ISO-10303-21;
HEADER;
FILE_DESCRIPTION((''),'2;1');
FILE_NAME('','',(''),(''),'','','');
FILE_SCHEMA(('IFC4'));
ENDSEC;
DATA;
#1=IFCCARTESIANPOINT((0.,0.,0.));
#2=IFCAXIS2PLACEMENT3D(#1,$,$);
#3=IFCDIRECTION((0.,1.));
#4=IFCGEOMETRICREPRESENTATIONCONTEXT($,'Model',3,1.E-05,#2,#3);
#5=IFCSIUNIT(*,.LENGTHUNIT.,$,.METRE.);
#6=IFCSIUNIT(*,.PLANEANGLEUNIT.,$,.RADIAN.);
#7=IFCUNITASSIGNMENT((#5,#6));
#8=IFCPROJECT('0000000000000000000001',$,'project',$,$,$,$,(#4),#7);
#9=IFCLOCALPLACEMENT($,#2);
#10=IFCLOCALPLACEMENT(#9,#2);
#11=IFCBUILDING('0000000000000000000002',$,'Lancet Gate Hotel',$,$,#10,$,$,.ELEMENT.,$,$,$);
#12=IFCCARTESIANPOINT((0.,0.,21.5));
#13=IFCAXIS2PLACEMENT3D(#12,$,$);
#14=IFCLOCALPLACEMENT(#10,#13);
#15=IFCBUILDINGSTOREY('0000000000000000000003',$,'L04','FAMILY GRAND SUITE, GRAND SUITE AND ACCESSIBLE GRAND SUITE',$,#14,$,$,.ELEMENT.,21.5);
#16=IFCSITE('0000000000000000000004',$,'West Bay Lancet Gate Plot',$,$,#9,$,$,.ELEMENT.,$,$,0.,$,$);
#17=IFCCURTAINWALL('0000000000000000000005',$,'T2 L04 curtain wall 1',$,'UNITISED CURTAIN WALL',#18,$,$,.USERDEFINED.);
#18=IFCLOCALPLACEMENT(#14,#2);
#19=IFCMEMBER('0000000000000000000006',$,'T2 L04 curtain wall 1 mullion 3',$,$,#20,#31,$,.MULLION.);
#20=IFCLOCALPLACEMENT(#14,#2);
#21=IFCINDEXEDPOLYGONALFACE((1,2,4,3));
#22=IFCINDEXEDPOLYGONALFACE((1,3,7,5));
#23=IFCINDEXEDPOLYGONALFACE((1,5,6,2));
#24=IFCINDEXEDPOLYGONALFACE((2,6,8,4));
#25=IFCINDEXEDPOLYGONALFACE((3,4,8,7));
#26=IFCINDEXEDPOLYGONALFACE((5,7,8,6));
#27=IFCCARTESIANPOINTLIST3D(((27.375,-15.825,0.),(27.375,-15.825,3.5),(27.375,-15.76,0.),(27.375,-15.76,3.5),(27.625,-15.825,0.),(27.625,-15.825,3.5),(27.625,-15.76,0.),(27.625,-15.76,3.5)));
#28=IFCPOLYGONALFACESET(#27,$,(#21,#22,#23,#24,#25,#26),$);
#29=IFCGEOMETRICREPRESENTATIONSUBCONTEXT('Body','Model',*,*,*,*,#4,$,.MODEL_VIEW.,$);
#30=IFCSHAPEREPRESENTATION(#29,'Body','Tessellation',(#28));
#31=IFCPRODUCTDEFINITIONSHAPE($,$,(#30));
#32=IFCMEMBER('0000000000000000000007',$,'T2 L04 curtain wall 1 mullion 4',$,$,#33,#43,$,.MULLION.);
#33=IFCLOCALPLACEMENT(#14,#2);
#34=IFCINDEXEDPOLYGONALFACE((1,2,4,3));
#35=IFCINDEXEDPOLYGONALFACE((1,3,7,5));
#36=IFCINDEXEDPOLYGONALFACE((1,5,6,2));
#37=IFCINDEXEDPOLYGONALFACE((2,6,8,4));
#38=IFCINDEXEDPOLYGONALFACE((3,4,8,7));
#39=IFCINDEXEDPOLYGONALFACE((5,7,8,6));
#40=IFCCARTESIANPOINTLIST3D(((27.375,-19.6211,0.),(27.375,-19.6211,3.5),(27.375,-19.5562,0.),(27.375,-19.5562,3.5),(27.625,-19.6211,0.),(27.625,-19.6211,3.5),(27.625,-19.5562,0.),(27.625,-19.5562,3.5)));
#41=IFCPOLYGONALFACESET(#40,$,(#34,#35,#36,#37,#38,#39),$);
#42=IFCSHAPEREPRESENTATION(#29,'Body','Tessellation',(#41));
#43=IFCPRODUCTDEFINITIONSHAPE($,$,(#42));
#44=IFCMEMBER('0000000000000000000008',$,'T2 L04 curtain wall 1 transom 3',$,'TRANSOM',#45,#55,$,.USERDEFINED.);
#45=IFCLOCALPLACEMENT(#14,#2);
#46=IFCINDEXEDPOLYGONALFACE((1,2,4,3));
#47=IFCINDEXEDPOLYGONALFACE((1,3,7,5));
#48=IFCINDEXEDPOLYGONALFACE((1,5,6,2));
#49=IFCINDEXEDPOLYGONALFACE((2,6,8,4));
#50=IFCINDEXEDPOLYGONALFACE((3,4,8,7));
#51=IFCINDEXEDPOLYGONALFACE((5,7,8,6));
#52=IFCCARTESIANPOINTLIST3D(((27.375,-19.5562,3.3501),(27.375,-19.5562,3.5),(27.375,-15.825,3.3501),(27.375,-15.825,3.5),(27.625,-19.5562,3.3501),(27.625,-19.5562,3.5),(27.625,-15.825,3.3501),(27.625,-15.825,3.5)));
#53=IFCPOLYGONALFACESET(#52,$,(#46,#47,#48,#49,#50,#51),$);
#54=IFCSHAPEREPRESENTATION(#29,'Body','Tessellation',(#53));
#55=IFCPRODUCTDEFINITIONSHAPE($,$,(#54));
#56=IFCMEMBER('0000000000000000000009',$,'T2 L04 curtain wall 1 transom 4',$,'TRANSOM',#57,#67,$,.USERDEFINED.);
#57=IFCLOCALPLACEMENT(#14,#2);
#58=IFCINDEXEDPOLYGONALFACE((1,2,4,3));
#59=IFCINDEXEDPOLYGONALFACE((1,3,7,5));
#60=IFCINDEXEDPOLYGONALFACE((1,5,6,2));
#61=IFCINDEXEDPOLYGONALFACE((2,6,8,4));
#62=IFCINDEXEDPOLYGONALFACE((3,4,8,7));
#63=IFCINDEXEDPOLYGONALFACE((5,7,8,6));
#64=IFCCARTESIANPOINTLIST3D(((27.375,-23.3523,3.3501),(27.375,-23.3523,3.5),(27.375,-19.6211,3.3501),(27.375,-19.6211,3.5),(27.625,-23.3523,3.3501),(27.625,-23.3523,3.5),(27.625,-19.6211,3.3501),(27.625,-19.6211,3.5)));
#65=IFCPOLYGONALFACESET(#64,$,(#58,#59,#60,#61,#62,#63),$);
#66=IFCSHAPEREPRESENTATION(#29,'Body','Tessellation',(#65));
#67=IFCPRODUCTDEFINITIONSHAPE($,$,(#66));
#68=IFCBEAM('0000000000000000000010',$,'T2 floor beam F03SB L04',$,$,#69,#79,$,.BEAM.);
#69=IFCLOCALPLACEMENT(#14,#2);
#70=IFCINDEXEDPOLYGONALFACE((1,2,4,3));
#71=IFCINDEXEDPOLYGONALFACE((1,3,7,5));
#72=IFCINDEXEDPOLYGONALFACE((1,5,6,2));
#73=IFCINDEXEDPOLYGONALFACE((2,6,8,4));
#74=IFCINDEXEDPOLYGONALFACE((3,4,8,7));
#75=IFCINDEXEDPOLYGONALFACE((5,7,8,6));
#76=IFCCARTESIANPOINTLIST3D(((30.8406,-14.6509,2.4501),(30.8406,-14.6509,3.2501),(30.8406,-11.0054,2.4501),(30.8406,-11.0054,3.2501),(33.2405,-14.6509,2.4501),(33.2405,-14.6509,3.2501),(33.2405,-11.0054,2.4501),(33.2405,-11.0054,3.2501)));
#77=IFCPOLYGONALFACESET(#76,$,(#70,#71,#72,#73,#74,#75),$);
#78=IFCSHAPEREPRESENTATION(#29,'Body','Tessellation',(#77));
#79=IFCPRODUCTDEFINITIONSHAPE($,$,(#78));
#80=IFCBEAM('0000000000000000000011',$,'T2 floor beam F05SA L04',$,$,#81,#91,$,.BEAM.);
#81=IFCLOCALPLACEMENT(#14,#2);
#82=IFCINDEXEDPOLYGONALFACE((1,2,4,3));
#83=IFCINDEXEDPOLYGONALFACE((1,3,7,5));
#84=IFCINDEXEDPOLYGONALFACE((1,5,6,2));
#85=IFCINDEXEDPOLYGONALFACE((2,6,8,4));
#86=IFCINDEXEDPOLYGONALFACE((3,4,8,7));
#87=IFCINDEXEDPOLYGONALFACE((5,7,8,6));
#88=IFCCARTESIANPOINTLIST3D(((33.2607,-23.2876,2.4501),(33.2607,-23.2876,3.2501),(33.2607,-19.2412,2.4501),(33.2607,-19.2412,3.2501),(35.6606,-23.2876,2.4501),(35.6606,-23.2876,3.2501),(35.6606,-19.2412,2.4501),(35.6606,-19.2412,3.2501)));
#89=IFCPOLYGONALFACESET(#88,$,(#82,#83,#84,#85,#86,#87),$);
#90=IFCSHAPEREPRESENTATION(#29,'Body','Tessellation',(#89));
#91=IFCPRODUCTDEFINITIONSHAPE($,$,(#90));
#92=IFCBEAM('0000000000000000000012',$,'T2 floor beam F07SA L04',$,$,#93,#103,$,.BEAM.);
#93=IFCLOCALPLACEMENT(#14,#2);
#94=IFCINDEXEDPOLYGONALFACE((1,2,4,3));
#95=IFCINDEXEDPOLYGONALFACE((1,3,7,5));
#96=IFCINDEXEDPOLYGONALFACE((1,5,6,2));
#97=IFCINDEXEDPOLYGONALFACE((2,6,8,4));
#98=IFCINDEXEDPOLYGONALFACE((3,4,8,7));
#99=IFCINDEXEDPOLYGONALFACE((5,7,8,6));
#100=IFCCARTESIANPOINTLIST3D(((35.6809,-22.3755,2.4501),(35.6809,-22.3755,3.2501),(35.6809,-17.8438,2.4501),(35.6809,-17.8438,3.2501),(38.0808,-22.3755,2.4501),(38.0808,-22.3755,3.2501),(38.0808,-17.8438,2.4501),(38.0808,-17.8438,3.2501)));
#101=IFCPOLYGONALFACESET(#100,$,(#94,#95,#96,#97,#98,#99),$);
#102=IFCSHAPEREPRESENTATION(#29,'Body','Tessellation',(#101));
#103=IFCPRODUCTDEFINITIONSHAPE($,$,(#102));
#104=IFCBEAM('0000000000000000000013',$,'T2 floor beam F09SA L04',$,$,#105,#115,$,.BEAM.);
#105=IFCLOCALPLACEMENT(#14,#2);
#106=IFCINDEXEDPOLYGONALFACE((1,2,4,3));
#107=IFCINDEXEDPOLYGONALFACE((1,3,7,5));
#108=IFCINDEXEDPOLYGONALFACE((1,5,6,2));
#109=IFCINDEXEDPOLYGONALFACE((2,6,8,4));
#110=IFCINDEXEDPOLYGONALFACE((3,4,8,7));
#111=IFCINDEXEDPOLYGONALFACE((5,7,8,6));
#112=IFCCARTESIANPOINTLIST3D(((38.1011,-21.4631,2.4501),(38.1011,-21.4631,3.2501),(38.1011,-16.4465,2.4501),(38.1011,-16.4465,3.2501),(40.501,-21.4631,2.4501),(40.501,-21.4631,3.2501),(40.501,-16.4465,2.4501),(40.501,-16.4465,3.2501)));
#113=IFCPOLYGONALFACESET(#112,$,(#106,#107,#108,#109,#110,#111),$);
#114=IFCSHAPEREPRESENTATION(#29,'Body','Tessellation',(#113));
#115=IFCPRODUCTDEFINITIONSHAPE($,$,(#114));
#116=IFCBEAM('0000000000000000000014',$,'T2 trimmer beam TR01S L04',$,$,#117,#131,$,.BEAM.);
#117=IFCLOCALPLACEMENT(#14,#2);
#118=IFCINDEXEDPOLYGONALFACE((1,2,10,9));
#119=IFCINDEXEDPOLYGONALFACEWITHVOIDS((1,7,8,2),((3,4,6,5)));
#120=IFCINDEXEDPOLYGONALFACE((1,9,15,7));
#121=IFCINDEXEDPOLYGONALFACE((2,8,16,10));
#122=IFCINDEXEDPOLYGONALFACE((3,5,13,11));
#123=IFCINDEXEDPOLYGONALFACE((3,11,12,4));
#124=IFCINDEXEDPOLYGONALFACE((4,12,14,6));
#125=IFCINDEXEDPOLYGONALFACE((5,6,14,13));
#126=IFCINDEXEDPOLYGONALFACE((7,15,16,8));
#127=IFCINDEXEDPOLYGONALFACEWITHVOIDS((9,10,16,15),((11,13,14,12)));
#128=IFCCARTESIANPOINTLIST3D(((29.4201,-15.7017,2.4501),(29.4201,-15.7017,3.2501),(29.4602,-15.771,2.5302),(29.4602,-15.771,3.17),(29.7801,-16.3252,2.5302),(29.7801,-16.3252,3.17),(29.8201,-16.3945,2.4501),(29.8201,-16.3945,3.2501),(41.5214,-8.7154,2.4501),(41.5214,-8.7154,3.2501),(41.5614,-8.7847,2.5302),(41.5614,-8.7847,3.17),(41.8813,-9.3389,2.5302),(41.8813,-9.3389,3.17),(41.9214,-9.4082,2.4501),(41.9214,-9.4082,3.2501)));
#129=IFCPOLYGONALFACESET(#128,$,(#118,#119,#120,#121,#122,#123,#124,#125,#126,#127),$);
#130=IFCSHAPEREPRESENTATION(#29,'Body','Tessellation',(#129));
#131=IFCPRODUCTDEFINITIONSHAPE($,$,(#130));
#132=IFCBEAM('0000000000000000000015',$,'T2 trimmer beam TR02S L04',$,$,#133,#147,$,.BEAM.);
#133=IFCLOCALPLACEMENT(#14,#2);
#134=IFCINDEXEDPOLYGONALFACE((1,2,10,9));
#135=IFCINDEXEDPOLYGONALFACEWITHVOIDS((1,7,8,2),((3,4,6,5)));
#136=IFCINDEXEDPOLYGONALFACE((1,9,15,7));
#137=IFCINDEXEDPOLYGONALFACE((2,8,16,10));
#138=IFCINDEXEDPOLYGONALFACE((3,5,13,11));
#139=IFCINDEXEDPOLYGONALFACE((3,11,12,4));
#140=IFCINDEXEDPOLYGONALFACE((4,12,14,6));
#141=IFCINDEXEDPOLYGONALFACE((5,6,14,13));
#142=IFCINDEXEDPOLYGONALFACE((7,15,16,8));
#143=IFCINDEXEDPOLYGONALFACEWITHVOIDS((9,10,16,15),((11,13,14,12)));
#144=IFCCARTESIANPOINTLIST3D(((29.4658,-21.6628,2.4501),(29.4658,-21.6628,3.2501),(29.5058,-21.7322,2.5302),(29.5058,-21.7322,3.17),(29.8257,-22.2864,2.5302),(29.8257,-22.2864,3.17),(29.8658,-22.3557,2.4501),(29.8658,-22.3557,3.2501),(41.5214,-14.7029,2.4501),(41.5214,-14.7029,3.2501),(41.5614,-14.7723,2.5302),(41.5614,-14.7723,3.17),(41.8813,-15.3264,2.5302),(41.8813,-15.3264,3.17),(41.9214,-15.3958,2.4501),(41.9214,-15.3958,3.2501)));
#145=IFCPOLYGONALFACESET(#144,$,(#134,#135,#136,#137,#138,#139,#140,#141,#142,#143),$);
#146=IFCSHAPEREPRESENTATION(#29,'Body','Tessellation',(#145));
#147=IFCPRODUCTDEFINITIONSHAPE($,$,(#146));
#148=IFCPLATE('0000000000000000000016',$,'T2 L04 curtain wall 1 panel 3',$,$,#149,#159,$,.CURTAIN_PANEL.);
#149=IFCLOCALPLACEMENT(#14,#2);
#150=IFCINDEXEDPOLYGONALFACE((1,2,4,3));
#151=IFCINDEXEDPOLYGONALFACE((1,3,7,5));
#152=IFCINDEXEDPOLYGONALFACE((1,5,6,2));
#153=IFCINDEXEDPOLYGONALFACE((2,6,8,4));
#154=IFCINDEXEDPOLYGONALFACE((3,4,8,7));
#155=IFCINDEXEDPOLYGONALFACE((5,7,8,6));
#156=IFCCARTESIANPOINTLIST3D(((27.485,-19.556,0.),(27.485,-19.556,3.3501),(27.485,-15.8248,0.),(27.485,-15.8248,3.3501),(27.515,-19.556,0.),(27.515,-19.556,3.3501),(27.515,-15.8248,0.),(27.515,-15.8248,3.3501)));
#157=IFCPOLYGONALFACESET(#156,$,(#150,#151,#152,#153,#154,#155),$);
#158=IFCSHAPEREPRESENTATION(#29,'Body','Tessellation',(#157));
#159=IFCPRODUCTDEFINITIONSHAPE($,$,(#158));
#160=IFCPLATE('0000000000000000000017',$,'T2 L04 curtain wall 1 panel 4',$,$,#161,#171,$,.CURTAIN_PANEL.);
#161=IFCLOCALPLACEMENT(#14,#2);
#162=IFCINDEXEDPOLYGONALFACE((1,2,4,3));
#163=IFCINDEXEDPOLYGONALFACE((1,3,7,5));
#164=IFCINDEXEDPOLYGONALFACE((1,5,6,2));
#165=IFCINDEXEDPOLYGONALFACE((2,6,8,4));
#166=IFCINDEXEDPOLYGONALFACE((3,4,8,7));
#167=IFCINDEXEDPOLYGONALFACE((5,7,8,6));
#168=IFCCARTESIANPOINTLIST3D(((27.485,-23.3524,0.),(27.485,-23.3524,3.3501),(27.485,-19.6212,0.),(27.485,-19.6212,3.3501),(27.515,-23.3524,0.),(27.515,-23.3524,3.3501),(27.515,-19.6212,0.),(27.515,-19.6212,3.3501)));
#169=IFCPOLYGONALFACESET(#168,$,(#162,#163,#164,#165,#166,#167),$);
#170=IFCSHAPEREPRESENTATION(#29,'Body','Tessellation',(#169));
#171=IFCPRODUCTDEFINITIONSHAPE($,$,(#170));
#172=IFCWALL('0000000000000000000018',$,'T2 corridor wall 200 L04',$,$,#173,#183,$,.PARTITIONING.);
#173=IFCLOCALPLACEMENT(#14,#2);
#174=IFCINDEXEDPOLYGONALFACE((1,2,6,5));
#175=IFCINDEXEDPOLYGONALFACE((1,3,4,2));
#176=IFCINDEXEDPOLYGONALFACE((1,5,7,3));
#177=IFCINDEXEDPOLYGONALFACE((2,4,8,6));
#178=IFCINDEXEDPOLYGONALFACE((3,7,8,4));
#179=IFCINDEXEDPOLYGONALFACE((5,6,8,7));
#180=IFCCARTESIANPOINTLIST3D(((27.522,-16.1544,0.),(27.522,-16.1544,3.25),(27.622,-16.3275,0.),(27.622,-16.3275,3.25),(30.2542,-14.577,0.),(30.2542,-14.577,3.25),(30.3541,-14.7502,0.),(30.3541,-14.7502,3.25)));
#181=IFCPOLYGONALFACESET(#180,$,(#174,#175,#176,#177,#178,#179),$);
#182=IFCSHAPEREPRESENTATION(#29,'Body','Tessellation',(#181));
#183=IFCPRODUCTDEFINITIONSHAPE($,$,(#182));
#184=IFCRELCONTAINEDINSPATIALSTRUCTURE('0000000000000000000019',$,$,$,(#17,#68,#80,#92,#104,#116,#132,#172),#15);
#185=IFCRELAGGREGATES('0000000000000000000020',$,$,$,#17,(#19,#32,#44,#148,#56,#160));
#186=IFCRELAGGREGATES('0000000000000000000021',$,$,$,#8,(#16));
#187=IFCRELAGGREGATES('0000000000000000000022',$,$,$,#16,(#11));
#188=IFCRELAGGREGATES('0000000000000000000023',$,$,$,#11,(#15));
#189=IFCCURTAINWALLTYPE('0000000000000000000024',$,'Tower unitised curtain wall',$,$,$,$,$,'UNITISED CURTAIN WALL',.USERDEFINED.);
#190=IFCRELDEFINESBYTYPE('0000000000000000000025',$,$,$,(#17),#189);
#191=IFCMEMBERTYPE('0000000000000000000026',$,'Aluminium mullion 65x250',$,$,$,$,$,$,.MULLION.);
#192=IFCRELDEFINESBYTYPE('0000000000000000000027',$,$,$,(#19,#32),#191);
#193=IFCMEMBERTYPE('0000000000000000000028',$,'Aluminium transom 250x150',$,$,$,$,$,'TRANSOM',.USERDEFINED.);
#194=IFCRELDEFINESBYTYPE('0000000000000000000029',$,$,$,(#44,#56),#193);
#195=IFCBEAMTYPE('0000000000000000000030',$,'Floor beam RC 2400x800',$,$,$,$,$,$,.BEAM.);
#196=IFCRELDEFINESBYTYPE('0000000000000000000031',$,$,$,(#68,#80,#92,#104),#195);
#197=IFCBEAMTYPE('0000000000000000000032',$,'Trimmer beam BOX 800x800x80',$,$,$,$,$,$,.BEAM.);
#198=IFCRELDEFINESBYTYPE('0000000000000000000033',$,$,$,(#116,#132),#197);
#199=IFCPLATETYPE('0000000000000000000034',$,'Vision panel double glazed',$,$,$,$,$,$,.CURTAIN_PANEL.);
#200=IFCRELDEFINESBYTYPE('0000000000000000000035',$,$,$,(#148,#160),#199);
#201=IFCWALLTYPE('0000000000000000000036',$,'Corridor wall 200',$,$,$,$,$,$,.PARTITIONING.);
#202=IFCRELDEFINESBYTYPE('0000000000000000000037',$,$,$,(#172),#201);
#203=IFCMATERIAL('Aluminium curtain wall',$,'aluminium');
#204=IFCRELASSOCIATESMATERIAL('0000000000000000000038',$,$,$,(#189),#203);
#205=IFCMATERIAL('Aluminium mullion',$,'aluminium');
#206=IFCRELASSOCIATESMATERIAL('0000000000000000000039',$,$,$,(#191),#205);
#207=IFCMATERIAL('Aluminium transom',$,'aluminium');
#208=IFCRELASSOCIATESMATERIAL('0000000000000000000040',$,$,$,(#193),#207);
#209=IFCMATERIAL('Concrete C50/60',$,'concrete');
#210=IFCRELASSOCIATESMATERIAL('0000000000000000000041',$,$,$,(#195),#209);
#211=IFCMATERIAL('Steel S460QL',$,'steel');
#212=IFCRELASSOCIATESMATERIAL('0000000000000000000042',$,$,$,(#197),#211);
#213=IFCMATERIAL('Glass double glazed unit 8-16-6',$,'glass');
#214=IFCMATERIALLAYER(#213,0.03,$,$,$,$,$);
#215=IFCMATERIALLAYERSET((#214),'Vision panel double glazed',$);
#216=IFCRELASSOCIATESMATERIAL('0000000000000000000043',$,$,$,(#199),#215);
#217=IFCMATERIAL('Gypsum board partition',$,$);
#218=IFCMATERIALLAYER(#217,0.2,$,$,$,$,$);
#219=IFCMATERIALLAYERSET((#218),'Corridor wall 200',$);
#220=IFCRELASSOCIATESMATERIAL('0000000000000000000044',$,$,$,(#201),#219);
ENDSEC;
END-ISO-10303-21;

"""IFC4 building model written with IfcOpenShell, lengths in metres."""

from ifc_helpers import new_model, si_unit, direction, frame, frame_2d, origin, origin_2d, place, context, subcontext, project, spatial, rectangle, hollow_rectangle, extrude, material, layer, layer_set, material_profile, profile_set, type_object, element, aggregate, save


model = new_model("IFC4")

# Units and contexts
model_context = context("Model", 3, precision=1e-05, world=origin(), true_north=direction((0.0, 1.0)))
body_context = subcontext(model_context, "Body", "Model", "MODEL_VIEW")
ifc_project = project(units=[si_unit("LENGTHUNIT", "METRE"), si_unit("PLANEANGLEUNIT", "RADIAN")], contexts=[model_context])

# Site, building, storey
site_placement = place(None, origin())
site = spatial("IfcSite", under=ifc_project, at=site_placement, Name="West Bay Lancet Gate Plot", CompositionType="ELEMENT", RefElevation=0.0)
building_placement = place(site_placement, origin())
building = spatial("IfcBuilding", under=site, at=building_placement, Name="Lancet Gate Hotel", CompositionType="ELEMENT")
storey_placement = place(building_placement, frame((0.0, 0.0, 21.5)))
storey = spatial("IfcBuildingStorey", under=building, at=storey_placement, Name="L04", Description="FAMILY GRAND SUITE, GRAND SUITE AND ACCESSIBLE GRAND SUITE", CompositionType="ELEMENT", Elevation=21.5)

# Curtain wall, members
ifc_material_1 = material(Name="Aluminium curtain wall", Category="aluminium")
curtain_wall_type = type_object("IfcCurtainWallType", Name="Tower unitised curtain wall", ElementType="UNITISED CURTAIN WALL", PredefinedType="USERDEFINED", material=ifc_material_1)
curtain_wall_placement = place(storey_placement, origin())
curtain_wall = element("IfcCurtainWall", 1, at=curtain_wall_placement, inside=storey, type_object=curtain_wall_type, Name="T2 L04 curtain wall 1", ObjectType="UNITISED CURTAIN WALL", PredefinedType="USERDEFINED")
ifc_material_2 = material(Name="Aluminium mullion", Category="aluminium")
ifc_material_profile_1 = material_profile(ifc_material_2, rectangle(XDim=0.0649, YDim=0.25, at=origin_2d()), Name="MULLION 65x250")
ifc_profile_set_1 = profile_set([ifc_material_profile_1], Name="Aluminium mullion")
member_type_1 = type_object("IfcMemberType", Name="Aluminium mullion 65x250", PredefinedType="MULLION", material=ifc_profile_set_1)
member_1_placement = place(storey_placement, frame((27.5, -15.7925, 0.0), z_axis=(0.0, 0.0, 1.0), x_axis=(0.0, -1.0, 0.0)))
member_1 = element("IfcMember", 2, at=member_1_placement, type_object=member_type_1, Name="T2 L04 curtain wall 1 mullion 3", PredefinedType="MULLION", context=body_context, shape_type="SweptSolid", body=[
    extrude(rectangle(XDim=0.0649, YDim=0.25, at=origin_2d()), origin(), (0.0, 0.0, 1.0), 3.5),
])
member_2_placement = place(storey_placement, frame((27.5, -19.5886, 0.0), z_axis=(0.0, 0.0, 1.0), x_axis=(0.0, -1.0, 0.0)))
member_2 = element("IfcMember", 3, at=member_2_placement, type_object=member_type_1, Name="T2 L04 curtain wall 1 mullion 4", PredefinedType="MULLION", context=body_context, shape_type="SweptSolid", body=[
    extrude(rectangle(XDim=0.0649, YDim=0.25, at=origin_2d()), origin(), (0.0, 0.0, 1.0), 3.5),
])
ifc_material_3 = material(Name="Aluminium transom", Category="aluminium")
ifc_material_profile_2 = material_profile(ifc_material_3, rectangle(XDim=0.25, YDim=0.1499, at=origin_2d()), Name="TRANSOM 250x150")
ifc_profile_set_2 = profile_set([ifc_material_profile_2], Name="Aluminium transom")
member_type_2 = type_object("IfcMemberType", Name="Aluminium transom 250x150", ElementType="TRANSOM", PredefinedType="USERDEFINED", material=ifc_profile_set_2)
member_3_placement = place(storey_placement, frame((27.5, -15.825, 3.425), z_axis=(0.0, -1.0, 0.0), x_axis=(1.0, 0.0, 0.0)))
member_3 = element("IfcMember", 4, at=member_3_placement, type_object=member_type_2, Name="T2 L04 curtain wall 1 transom 3", ObjectType="TRANSOM", PredefinedType="USERDEFINED", context=body_context, shape_type="SweptSolid", body=[
    extrude(rectangle(XDim=0.25, YDim=0.1499, at=origin_2d()), origin(), (0.0, 0.0, 1.0), 3.7312),
])
member_4_placement = place(storey_placement, frame((27.5, -19.6211, 3.425), z_axis=(0.0, -1.0, 0.0), x_axis=(1.0, 0.0, 0.0)))
member_4 = element("IfcMember", 5, at=member_4_placement, type_object=member_type_2, Name="T2 L04 curtain wall 1 transom 4", ObjectType="TRANSOM", PredefinedType="USERDEFINED", context=body_context, shape_type="SweptSolid", body=[
    extrude(rectangle(XDim=0.25, YDim=0.1499, at=origin_2d()), origin(), (0.0, 0.0, 1.0), 3.7312),
])

# Beams
ifc_material_4 = material(Name="Concrete C50/60", Category="concrete")
ifc_material_profile_3 = material_profile(ifc_material_4, rectangle(XDim=2.3999, YDim=0.8, at=origin_2d()), Name="RC 2400x800")
ifc_profile_set_3 = profile_set([ifc_material_profile_3], Name="Concrete C50/60")
beam_type_1 = type_object("IfcBeamType", Name="Floor beam RC 2400x800", PredefinedType="BEAM", material=ifc_profile_set_3)
beam_1_placement = place(storey_placement, frame((32.0405, -14.6509, 2.8501), z_axis=(0.0, 1.0, 0.0), x_axis=(-1.0, 0.0, 0.0)))
element("IfcBeam", 6, at=beam_1_placement, inside=storey, type_object=beam_type_1, Name="T2 floor beam F03SB L04", PredefinedType="BEAM", context=body_context, shape_type="SweptSolid", body=[
    extrude(rectangle(XDim=2.3999, YDim=0.8, at=origin_2d()), origin(), (0.0, 0.0, 1.0), 3.6455),
])
beam_2_placement = place(storey_placement, frame((34.4607, -23.2876, 2.8501), z_axis=(0.0, 1.0, 0.0), x_axis=(-1.0, 0.0, 0.0)))
element("IfcBeam", 7, at=beam_2_placement, inside=storey, type_object=beam_type_1, Name="T2 floor beam F05SA L04", PredefinedType="BEAM", context=body_context, shape_type="SweptSolid", body=[
    extrude(rectangle(XDim=2.3999, YDim=0.8, at=origin_2d()), origin(), (0.0, 0.0, 1.0), 4.0464),
])
beam_3_placement = place(storey_placement, frame((36.8809, -22.3755, 2.8501), z_axis=(0.0, 1.0, 0.0), x_axis=(-1.0, 0.0, 0.0)))
element("IfcBeam", 8, at=beam_3_placement, inside=storey, type_object=beam_type_1, Name="T2 floor beam F07SA L04", PredefinedType="BEAM", context=body_context, shape_type="SweptSolid", body=[
    extrude(rectangle(XDim=2.3999, YDim=0.8, at=origin_2d()), origin(), (0.0, 0.0, 1.0), 4.5317),
])
beam_4_placement = place(storey_placement, frame((39.301, -21.4631, 2.8501), z_axis=(0.0, 1.0, 0.0), x_axis=(-1.0, 0.0, 0.0)))
element("IfcBeam", 9, at=beam_4_placement, inside=storey, type_object=beam_type_1, Name="T2 floor beam F09SA L04", PredefinedType="BEAM", context=body_context, shape_type="SweptSolid", body=[
    extrude(rectangle(XDim=2.3999, YDim=0.8, at=origin_2d()), origin(), (0.0, 0.0, 1.0), 5.0166),
])
ifc_material_5 = material(Name="Steel S460QL", Category="steel")
ifc_material_profile_4 = material_profile(ifc_material_5, hollow_rectangle(XDim=0.8, YDim=0.8, WallThickness=0.0801, at=origin_2d()), Name="BOX 800x800x80")
ifc_profile_set_4 = profile_set([ifc_material_profile_4], Name="Steel S460QL")
beam_type_2 = type_object("IfcBeamType", Name="Trimmer beam BOX 800x800x80", PredefinedType="BEAM", material=ifc_profile_set_4)
beam_5_placement = place(storey_placement, frame((29.6201, -16.0481, 2.8501), z_axis=(0.866037, 0.49998, 0.0), x_axis=(-0.49998, 0.866037, 0.0)))
element("IfcBeam", 10, at=beam_5_placement, inside=storey, type_object=beam_type_2, Name="T2 trimmer beam TR01S L04", PredefinedType="BEAM", context=body_context, shape_type="SweptSolid", body=[
    extrude(hollow_rectangle(XDim=0.8, YDim=0.8, WallThickness=0.0801, at=origin_2d()), origin(), (0.0, 0.0, 1.0), 13.9731),
])
beam_6_placement = place(storey_placement, frame((29.6658, -22.0093, 2.8501), z_axis=(0.866037, 0.49998, 0.0), x_axis=(-0.49998, 0.866037, 0.0)))
element("IfcBeam", 11, at=beam_6_placement, inside=storey, type_object=beam_type_2, Name="T2 trimmer beam TR02S L04", PredefinedType="BEAM", context=body_context, shape_type="SweptSolid", body=[
    extrude(hollow_rectangle(XDim=0.8, YDim=0.8, WallThickness=0.0801, at=origin_2d()), origin(), (0.0, 0.0, 1.0), 13.9204),
])

# Plates
ifc_material_6 = material(Name="Glass double glazed unit 8-16-6", Category="glass")
ifc_layer_1 = layer(ifc_material_6, 0.03)
ifc_layer_set_1 = layer_set([ifc_layer_1], Name="Vision panel double glazed")
plate_type = type_object("IfcPlateType", Name="Vision panel double glazed", PredefinedType="CURTAIN_PANEL", material=ifc_layer_set_1)
plate_1_placement = place(storey_placement, frame((27.5, -17.6904, 0.0), z_axis=(0.0, 0.0, 1.0), x_axis=(0.0, -1.0, 0.0)))
plate_1 = element("IfcPlate", 12, at=plate_1_placement, type_object=plate_type, Name="T2 L04 curtain wall 1 panel 3", PredefinedType="CURTAIN_PANEL", context=body_context, shape_type="SweptSolid", body=[
    extrude(rectangle(XDim=3.7312, YDim=0.03, at=origin_2d()), origin(), (0.0, 0.0, 1.0), 3.3501),
])
plate_2_placement = place(storey_placement, frame((27.5, -21.4868, 0.0), z_axis=(0.0, 0.0, 1.0), x_axis=(0.0, -1.0, 0.0)))
plate_2 = element("IfcPlate", 13, at=plate_2_placement, type_object=plate_type, Name="T2 L04 curtain wall 1 panel 4", PredefinedType="CURTAIN_PANEL", context=body_context, shape_type="SweptSolid", body=[
    extrude(rectangle(XDim=3.7312, YDim=0.03, at=origin_2d()), origin(), (0.0, 0.0, 1.0), 3.3501),
])
aggregate(curtain_wall, [member_1, member_2, member_3, plate_1, member_4, plate_2])

# Wall
ifc_material_7 = material(Name="Gypsum board partition")
ifc_layer_2 = layer(ifc_material_7, 0.2)
ifc_layer_set_2 = layer_set([ifc_layer_2], Name="Corridor wall 200")
wall_type_1 = type_object("IfcWallType", Name="Corridor wall 200", PredefinedType="PARTITIONING", material=ifc_layer_set_2)
wall_1_placement = place(storey_placement, frame((27.572, -16.241, 0.0), z_axis=(0.0, 0.0, 1.0), x_axis=(0.86603, 0.499993, 0.0)))
element("IfcWall", 14, at=wall_1_placement, inside=storey, type_object=wall_type_1, Name="T2 corridor wall 200 L04", PredefinedType="PARTITIONING", context=body_context, shape_type="SweptSolid", body=[
    extrude(rectangle(XDim=3.1548, YDim=0.2, at=frame_2d((1.5774, 0.0))), origin(), (0.0, 0.0, 1.0), 3.25),
])

save(model, "model.ifc")
